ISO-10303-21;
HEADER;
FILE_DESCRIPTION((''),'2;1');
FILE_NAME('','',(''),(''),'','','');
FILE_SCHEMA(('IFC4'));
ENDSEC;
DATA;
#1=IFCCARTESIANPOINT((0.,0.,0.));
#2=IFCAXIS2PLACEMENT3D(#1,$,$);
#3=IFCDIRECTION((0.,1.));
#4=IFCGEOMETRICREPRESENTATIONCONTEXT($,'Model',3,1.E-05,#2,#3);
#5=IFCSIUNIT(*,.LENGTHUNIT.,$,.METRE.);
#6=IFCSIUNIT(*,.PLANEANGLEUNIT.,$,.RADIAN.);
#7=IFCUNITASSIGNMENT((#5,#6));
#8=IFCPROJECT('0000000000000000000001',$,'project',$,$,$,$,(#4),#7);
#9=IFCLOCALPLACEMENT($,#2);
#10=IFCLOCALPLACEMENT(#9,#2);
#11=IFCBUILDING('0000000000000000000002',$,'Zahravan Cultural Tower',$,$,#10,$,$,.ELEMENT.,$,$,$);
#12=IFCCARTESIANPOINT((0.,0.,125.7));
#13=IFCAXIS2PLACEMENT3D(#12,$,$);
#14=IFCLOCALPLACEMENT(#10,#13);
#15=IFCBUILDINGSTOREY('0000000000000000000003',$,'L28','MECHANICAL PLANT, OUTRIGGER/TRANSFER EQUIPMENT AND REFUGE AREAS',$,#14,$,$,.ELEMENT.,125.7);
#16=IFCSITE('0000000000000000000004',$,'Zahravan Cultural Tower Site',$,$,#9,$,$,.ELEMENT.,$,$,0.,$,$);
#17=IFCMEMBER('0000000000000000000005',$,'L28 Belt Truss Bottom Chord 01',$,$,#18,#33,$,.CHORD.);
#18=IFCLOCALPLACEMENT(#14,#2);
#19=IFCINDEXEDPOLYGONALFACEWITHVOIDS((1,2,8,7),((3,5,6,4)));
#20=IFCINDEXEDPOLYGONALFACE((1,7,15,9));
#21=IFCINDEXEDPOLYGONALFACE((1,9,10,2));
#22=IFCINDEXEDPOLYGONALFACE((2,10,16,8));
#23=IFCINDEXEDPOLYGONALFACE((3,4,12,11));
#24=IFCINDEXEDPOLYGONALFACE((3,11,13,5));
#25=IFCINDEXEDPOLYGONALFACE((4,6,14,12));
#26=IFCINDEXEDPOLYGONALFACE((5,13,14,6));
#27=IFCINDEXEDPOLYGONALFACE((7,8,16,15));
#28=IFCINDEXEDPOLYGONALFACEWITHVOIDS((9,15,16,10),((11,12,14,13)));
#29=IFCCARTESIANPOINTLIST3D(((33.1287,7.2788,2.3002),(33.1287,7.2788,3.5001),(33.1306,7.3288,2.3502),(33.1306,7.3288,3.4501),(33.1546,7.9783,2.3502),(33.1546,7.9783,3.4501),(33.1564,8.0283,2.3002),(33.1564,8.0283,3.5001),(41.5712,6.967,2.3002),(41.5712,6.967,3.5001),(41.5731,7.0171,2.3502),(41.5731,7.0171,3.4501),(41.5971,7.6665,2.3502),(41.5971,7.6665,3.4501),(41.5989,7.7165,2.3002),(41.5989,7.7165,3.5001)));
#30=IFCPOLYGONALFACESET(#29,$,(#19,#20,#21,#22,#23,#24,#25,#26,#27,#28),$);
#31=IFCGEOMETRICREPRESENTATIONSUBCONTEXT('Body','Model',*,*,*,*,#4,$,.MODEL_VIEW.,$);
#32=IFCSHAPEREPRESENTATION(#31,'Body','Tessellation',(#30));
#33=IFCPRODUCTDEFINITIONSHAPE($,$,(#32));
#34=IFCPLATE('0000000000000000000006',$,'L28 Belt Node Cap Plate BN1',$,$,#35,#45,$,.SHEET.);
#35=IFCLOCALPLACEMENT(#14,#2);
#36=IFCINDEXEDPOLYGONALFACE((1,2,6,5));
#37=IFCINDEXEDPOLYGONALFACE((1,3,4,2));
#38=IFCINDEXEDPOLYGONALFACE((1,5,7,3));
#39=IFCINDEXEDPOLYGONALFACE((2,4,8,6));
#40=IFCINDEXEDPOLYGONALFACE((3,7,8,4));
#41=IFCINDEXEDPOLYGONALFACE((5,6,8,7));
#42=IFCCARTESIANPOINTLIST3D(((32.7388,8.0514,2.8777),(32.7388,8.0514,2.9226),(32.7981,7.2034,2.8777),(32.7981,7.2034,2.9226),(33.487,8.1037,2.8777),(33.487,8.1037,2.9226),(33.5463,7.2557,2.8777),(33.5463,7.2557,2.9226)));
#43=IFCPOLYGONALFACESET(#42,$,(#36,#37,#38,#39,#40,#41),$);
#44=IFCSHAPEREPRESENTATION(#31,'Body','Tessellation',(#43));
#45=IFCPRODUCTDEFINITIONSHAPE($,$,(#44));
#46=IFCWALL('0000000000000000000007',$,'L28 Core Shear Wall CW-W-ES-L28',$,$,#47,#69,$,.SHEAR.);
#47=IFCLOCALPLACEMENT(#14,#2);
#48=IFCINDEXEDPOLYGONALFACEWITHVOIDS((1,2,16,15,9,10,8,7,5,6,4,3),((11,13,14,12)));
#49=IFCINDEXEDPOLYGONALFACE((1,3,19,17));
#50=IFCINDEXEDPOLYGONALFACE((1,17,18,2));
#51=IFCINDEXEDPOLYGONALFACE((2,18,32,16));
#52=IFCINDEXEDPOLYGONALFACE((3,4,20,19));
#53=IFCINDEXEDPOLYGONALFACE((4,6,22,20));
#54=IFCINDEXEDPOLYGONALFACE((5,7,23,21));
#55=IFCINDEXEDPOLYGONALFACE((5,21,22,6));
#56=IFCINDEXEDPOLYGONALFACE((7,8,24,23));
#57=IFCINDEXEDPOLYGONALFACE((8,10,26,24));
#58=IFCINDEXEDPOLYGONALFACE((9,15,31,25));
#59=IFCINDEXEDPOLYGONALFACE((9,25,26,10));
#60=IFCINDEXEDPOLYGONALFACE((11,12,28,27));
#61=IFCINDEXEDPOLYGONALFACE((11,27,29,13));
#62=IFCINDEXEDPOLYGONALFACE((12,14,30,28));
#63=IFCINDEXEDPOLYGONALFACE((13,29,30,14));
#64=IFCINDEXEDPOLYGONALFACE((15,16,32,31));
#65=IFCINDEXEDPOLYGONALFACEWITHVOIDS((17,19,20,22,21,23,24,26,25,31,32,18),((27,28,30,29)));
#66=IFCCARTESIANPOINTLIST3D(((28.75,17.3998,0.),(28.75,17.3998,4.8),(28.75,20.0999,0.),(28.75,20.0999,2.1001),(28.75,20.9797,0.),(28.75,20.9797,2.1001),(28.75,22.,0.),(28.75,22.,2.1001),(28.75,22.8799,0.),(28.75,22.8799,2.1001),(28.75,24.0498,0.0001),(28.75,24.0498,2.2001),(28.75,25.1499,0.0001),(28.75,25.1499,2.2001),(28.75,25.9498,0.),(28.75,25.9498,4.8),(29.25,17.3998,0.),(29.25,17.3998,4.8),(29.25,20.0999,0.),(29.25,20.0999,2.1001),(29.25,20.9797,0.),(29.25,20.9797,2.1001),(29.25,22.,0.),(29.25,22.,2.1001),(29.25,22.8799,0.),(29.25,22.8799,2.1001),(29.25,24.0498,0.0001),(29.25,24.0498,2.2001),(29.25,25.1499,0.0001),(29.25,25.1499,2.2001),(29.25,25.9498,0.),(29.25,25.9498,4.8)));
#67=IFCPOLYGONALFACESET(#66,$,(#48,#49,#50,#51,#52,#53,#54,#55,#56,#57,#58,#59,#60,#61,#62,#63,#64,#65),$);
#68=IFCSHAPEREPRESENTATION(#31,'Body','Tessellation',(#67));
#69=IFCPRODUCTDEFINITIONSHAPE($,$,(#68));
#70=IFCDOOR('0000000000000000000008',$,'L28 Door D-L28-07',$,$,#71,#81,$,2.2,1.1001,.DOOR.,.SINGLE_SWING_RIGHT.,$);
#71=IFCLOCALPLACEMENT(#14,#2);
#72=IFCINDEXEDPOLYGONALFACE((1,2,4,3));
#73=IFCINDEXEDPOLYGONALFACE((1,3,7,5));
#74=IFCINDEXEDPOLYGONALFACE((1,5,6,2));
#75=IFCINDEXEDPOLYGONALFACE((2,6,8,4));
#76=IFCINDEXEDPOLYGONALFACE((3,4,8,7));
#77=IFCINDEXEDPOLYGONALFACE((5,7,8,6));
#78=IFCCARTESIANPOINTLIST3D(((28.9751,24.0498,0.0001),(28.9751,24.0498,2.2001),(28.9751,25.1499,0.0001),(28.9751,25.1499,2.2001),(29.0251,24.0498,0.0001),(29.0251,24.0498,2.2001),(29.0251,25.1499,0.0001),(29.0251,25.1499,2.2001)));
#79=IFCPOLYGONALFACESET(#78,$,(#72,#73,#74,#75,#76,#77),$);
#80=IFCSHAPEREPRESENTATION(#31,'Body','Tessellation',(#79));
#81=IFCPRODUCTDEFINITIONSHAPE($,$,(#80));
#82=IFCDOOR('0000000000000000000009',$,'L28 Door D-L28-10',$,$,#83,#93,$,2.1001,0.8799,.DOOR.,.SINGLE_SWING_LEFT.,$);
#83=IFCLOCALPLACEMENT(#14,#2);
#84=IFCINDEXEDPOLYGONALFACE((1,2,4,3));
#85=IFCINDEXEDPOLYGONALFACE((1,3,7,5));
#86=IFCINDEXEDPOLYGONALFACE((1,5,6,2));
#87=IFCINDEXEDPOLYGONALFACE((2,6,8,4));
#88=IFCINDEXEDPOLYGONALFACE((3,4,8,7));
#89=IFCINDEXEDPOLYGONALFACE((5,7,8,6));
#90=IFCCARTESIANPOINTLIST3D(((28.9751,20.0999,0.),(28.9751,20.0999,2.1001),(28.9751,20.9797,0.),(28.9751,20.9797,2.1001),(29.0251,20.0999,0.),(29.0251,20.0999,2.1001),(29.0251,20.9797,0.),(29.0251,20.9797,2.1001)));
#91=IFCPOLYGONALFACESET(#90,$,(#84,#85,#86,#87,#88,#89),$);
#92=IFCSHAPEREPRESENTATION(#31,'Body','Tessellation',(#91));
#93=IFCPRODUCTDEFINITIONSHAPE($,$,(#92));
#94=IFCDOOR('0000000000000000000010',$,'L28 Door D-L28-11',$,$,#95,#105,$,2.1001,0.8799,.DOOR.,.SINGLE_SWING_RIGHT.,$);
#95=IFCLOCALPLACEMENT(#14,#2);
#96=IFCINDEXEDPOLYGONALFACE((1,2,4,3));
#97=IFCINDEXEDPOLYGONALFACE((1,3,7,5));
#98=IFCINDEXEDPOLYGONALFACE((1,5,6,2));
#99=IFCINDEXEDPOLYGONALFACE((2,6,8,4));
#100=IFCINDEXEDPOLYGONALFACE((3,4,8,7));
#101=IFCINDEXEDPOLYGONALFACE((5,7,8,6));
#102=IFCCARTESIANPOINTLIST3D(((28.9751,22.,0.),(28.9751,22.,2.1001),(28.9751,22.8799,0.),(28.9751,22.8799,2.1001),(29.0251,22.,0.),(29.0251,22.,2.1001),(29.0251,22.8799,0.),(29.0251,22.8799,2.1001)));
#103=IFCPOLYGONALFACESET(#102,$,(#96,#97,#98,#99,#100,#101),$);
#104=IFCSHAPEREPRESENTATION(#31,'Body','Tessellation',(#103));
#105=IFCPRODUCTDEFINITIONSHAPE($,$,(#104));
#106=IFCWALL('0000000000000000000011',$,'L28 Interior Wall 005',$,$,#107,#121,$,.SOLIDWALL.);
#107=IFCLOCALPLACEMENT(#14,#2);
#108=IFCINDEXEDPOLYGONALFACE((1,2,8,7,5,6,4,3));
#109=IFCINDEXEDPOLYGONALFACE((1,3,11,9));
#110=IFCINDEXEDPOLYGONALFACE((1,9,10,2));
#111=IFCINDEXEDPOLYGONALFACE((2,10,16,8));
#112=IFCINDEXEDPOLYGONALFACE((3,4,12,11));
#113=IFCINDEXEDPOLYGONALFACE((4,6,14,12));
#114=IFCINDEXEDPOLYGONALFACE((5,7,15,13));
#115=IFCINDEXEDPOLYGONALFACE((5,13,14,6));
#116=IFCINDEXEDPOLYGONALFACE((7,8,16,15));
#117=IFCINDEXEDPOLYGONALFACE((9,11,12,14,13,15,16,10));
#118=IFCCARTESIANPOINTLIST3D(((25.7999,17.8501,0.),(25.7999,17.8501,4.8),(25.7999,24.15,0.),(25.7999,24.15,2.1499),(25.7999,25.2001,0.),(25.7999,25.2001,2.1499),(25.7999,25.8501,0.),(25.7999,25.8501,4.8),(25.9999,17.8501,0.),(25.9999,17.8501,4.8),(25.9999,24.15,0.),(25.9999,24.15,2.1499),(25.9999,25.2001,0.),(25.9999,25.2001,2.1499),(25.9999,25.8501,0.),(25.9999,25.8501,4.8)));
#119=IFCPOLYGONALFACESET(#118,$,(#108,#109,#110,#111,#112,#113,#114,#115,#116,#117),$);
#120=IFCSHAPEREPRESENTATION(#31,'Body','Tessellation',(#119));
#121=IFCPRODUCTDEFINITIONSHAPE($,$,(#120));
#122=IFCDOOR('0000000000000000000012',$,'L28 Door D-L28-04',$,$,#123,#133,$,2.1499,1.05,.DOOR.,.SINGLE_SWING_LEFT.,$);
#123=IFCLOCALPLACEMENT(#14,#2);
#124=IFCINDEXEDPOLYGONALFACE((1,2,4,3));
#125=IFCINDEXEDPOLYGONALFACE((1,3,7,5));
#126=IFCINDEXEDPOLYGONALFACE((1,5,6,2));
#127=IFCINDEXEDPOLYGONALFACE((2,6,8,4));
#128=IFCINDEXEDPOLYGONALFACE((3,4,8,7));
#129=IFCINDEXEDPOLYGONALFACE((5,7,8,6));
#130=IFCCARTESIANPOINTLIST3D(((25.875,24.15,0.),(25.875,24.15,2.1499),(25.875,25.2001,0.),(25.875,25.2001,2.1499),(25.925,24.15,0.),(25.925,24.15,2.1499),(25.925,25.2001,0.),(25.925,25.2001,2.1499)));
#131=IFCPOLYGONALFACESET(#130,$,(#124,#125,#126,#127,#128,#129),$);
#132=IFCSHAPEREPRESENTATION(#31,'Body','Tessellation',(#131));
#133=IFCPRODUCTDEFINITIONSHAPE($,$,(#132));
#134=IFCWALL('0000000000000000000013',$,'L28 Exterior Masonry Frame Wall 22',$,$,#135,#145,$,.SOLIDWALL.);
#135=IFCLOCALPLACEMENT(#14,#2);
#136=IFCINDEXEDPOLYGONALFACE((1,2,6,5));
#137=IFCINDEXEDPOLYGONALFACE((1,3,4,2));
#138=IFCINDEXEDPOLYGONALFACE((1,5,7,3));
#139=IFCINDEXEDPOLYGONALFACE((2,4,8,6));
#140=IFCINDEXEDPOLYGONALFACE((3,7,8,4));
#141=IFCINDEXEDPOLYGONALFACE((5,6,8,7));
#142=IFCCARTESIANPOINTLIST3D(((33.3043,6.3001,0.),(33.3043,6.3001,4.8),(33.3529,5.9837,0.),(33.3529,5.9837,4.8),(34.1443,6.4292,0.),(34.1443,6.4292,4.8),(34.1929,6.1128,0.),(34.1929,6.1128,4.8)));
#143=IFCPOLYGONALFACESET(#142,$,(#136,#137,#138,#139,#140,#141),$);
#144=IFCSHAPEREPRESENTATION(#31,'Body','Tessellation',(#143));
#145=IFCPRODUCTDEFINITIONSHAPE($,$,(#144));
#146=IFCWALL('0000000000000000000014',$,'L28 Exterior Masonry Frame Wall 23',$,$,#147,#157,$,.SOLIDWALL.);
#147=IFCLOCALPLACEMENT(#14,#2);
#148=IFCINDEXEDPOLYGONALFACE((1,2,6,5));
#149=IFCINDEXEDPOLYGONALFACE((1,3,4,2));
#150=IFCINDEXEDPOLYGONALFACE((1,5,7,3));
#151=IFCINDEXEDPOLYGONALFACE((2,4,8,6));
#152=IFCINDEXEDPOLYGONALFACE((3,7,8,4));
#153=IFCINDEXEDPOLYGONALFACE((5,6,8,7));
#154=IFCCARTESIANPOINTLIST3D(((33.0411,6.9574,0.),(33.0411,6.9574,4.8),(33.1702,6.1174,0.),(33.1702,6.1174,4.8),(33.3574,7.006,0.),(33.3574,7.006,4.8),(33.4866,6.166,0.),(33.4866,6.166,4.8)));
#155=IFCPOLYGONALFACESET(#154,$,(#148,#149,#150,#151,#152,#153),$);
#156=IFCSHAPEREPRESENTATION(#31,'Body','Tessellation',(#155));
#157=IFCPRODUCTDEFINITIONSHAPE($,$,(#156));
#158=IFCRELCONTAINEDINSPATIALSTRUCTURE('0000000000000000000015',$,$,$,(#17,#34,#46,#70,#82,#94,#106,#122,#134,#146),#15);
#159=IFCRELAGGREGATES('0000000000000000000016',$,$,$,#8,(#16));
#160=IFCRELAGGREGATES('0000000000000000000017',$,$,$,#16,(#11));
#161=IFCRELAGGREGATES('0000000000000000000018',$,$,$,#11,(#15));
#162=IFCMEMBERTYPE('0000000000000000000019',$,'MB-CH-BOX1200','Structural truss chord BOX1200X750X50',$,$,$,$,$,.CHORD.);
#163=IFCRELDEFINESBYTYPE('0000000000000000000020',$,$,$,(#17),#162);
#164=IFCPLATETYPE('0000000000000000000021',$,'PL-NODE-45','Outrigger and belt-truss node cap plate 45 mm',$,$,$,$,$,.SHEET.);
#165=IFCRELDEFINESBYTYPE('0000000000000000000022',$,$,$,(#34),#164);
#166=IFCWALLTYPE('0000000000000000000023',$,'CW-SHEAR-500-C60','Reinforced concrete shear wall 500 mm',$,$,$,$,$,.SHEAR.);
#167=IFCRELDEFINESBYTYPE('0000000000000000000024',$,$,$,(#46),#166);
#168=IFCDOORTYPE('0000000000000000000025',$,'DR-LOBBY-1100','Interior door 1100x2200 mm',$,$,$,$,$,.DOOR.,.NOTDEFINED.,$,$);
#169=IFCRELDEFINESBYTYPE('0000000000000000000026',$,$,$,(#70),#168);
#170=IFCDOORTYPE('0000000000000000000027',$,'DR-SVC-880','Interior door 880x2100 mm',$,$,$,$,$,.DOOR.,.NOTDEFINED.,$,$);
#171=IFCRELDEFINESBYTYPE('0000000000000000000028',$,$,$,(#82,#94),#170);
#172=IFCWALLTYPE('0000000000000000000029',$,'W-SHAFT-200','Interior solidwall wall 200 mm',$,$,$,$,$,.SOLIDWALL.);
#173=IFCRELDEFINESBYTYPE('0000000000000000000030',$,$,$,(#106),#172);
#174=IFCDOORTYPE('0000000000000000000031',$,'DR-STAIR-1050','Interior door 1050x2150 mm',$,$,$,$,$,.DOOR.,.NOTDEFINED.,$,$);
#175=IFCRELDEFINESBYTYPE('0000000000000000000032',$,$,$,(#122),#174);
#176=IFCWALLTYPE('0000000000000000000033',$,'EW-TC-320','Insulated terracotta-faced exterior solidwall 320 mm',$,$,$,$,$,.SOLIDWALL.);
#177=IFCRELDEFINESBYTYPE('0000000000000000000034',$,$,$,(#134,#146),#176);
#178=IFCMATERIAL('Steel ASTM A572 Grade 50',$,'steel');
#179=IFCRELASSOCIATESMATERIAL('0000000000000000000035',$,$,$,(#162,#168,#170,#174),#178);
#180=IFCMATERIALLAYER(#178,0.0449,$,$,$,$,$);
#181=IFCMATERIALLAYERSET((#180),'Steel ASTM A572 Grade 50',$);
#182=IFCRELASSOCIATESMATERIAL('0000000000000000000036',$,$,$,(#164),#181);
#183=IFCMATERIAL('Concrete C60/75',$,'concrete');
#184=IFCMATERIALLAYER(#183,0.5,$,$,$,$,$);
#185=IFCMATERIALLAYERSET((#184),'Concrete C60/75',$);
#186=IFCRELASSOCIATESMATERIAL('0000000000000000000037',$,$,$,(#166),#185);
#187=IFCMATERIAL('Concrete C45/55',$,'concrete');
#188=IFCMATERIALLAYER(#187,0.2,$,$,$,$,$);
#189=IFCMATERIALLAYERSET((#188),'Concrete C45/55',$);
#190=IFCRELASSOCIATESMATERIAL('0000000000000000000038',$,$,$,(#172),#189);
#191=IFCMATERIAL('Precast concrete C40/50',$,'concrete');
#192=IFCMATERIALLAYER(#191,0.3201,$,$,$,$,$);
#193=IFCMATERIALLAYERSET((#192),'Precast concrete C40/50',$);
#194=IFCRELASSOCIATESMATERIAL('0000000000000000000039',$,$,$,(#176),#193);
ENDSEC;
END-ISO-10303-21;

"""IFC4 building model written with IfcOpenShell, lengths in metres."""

from ifc_helpers import new_model, si_unit, direction, frame, frame_2d, origin, origin_2d, place, context, subcontext, project, spatial, rectangle, hollow_rectangle, extrude, source, transform, mapped, material, layer, layer_set, material_profile, profile_set, type_object, element, fill, save


model = new_model("IFC4")

# Units and contexts
model_context = context("Model", 3, precision=1e-05, world=origin(), true_north=direction((0.0, 1.0)))
body_context = subcontext(model_context, "Body", "Model", "MODEL_VIEW")
ifc_project = project(units=[si_unit("LENGTHUNIT", "METRE"), si_unit("PLANEANGLEUNIT", "RADIAN")], contexts=[model_context])

# Site, building, storey
site_placement = place(None, origin())
site = spatial("IfcSite", under=ifc_project, at=site_placement, Name="Zahravan Cultural Tower Site", CompositionType="ELEMENT", RefElevation=0.0)
building_placement = place(site_placement, origin())
building = spatial("IfcBuilding", under=site, at=building_placement, Name="Zahravan Cultural Tower", CompositionType="ELEMENT")
storey_placement = place(building_placement, frame((0.0, 0.0, 125.7)))
storey = spatial("IfcBuildingStorey", under=building, at=storey_placement, Name="L28", Description="MECHANICAL PLANT, OUTRIGGER/TRANSFER EQUIPMENT AND REFUGE AREAS", CompositionType="ELEMENT", Elevation=125.7)

# Shared definitions
ifc_material_1 = material(Name="Concrete C60/75", Category="concrete")

# Member
ifc_material_2 = material(Name="Steel ASTM A572 Grade 50", Category="steel")
ifc_material_profile_1 = material_profile(ifc_material_2, hollow_rectangle(XDim=0.75, YDim=1.2, WallThickness=0.05, at=origin_2d()), Name="BOX1200X750X50")
ifc_profile_set_1 = profile_set([ifc_material_profile_1], Name="Steel ASTM A572 Grade 50")
member_type_1 = type_object("IfcMemberType", Name="MB-CH-BOX1200", Description="Structural truss chord BOX1200X750X50", PredefinedType="CHORD", material=ifc_profile_set_1)
shared_shape_1 = source(origin(), body_context, "Body", "SweptSolid", [
    extrude(hollow_rectangle(XDim=0.75, YDim=1.2, WallThickness=0.05, at=origin_2d()), origin(), (0.0, 0.0, 1.0), 8.4482),
])
member_1_placement = place(storey_placement, frame((33.1426, 7.6536, 2.9001), z_axis=(0.999319, -0.036904, 0.0), x_axis=(0.036904, 0.999319, 0.0)))
element("IfcMember", 1, at=member_1_placement, inside=storey, type_object=member_type_1, Name="L28 Belt Truss Bottom Chord 01", PredefinedType="CHORD", context=body_context, shape_type="MappedRepresentation", body=[
    mapped(shared_shape_1, transform((0.0, 0.0, 0.0), x_axis=(1.0, 0.0, 0.0), y_axis=(0.0, 1.0, 0.0), z_axis=(0.0, 0.0, 1.0), scale=1.0)),
])

# Plate
ifc_layer_1 = layer(ifc_material_2, 0.0449)
ifc_layer_set_1 = layer_set([ifc_layer_1], Name="Steel ASTM A572 Grade 50")
plate_type = type_object("IfcPlateType", Name="PL-NODE-45", Description="Outrigger and belt-truss node cap plate 45 mm", PredefinedType="SHEET", material=ifc_layer_set_1)
shared_shape_2 = source(origin(), body_context, "Body", "SweptSolid", [
    extrude(rectangle(XDim=0.8501, YDim=0.75, at=origin_2d()), origin(), (0.0, 0.0, 1.0), 0.0449),
])
plate_placement = place(storey_placement, frame((33.1426, 7.6536, 2.8777), z_axis=(0.0, 0.0, 1.0), x_axis=(-0.069756, 0.997564, 0.0)))
element("IfcPlate", 2, at=plate_placement, inside=storey, type_object=plate_type, Name="L28 Belt Node Cap Plate BN1", PredefinedType="SHEET", context=body_context, shape_type="MappedRepresentation", body=[
    mapped(shared_shape_2, transform((0.0, 0.0, 0.0), x_axis=(1.0, 0.0, 0.0), y_axis=(0.0, 1.0, 0.0), z_axis=(0.0, 0.0, 1.0), scale=1.0)),
])

# Wall, openings, doors
ifc_layer_2 = layer(ifc_material_1, 0.5)
ifc_layer_set_2 = layer_set([ifc_layer_2], Name="Concrete C60/75")
wall_type_1 = type_object("IfcWallType", Name="CW-SHEAR-500-C60", Description="Reinforced concrete shear wall 500 mm", PredefinedType="SHEAR", material=ifc_layer_set_2)
wall_1_placement = place(storey_placement, frame((29.0, 17.3999, 0.0), z_axis=(0.0, 0.0, 1.0), x_axis=(0.0, 1.0, 0.0)))
wall_1 = element("IfcWall", 3, at=wall_1_placement, inside=storey, type_object=wall_type_1, Name="L28 Core Shear Wall CW-W-ES-L28", PredefinedType="SHEAR", context=body_context, shape_type="SweptSolid", body=[
    extrude(rectangle(XDim=8.55, YDim=0.5, at=frame_2d((4.2749, 0.0))), origin(), (0.0, 0.0, 1.0), 4.8),
])
opening_1_placement = place(wall_1_placement, frame((6.6499, 0.0, 0.0)))
opening_1 = element("IfcOpeningElement", 4, at=opening_1_placement, cuts=wall_1, PredefinedType="OPENING", context=body_context, shape_type="SweptSolid", body=[
    extrude(rectangle(XDim=1.1001, YDim=2.2, at=frame_2d((0.55, 1.1001))), frame((0.0, 0.26, 0.0), z_axis=(0.0, -1.0, 0.0), x_axis=(1.0, 0.0, 0.0)), (0.0, 0.0, 1.0), 0.52),
])
opening_2_placement = place(wall_1_placement, frame((2.7, 0.0, 0.0)))
opening_2 = element("IfcOpeningElement", 5, at=opening_2_placement, cuts=wall_1, PredefinedType="OPENING", context=body_context, shape_type="SweptSolid", body=[
    extrude(rectangle(XDim=0.8799, YDim=2.1001, at=frame_2d((0.4399, 1.05))), frame((0.0, 0.26, 0.0), z_axis=(0.0, -1.0, 0.0), x_axis=(1.0, 0.0, 0.0)), (0.0, 0.0, 1.0), 0.52),
])
opening_3_placement = place(wall_1_placement, frame((4.6001, 0.0, 0.0)))
opening_3 = element("IfcOpeningElement", 6, at=opening_3_placement, cuts=wall_1, PredefinedType="OPENING", context=body_context, shape_type="SweptSolid", body=[
    extrude(rectangle(XDim=0.8799, YDim=2.1001, at=frame_2d((0.4399, 1.05))), frame((0.0, 0.26, 0.0), z_axis=(0.0, -1.0, 0.0), x_axis=(1.0, 0.0, 0.0)), (0.0, 0.0, 1.0), 0.52),
])
door_type_1 = type_object("IfcDoorType", Name="DR-LOBBY-1100", Description="Interior door 1100x2200 mm", OperationType="NOTDEFINED", PredefinedType="DOOR", material=ifc_material_2)
shared_shape_3 = source(origin(), body_context, "Body", "SweptSolid", [
    extrude(rectangle(XDim=1.1001, YDim=2.2, at=frame_2d((0.55, 1.1001))), frame((0.0, 0.0249, 0.0), z_axis=(0.0, -1.0, 0.0), x_axis=(1.0, 0.0, 0.0)), (0.0, 0.0, 1.0), 0.05),
])
door_1_placement = place(opening_1_placement, origin())
door_1 = element("IfcDoor", 7, at=door_1_placement, inside=storey, type_object=door_type_1, Name="L28 Door D-L28-07", OperationType="SINGLE_SWING_RIGHT", OverallHeight=2.2, OverallWidth=1.1001, PredefinedType="DOOR", context=body_context, shape_type="MappedRepresentation", body=[
    mapped(shared_shape_3, transform((0.0, 0.0, 0.0), x_axis=(1.0, 0.0, 0.0), y_axis=(0.0, 1.0, 0.0), z_axis=(0.0, 0.0, 1.0), scale=1.0)),
])
fill(opening_1, door_1)
door_type_2 = type_object("IfcDoorType", Name="DR-SVC-880", Description="Interior door 880x2100 mm", OperationType="NOTDEFINED", PredefinedType="DOOR", material=ifc_material_2)
shared_shape_4 = source(origin(), body_context, "Body", "SweptSolid", [
    extrude(rectangle(XDim=0.8799, YDim=2.1001, at=frame_2d((0.4399, 1.05))), frame((0.0, 0.0249, 0.0), z_axis=(0.0, -1.0, 0.0), x_axis=(1.0, 0.0, 0.0)), (0.0, 0.0, 1.0), 0.05),
])
door_2_placement = place(opening_2_placement, origin())
door_2 = element("IfcDoor", 8, at=door_2_placement, inside=storey, type_object=door_type_2, Name="L28 Door D-L28-10", OperationType="SINGLE_SWING_LEFT", OverallHeight=2.1001, OverallWidth=0.8799, PredefinedType="DOOR", context=body_context, shape_type="MappedRepresentation", body=[
    mapped(shared_shape_4, transform((0.0, 0.0, 0.0), x_axis=(1.0, 0.0, 0.0), y_axis=(0.0, 1.0, 0.0), z_axis=(0.0, 0.0, 1.0), scale=1.0)),
])
fill(opening_2, door_2)
door_3_placement = place(opening_3_placement, origin())
door_3 = element("IfcDoor", 9, at=door_3_placement, inside=storey, type_object=door_type_2, Name="L28 Door D-L28-11", OperationType="SINGLE_SWING_RIGHT", OverallHeight=2.1001, OverallWidth=0.8799, PredefinedType="DOOR", context=body_context, shape_type="MappedRepresentation", body=[
    mapped(shared_shape_4, transform((0.0, 0.0, 0.0), x_axis=(1.0, 0.0, 0.0), y_axis=(0.0, 1.0, 0.0), z_axis=(0.0, 0.0, 1.0), scale=1.0)),
])
fill(opening_3, door_3)

# Wall, opening, door
ifc_material_3 = material(Name="Concrete C45/55", Category="concrete")
ifc_layer_3 = layer(ifc_material_3, 0.2)
ifc_layer_set_3 = layer_set([ifc_layer_3], Name="Concrete C45/55")
wall_type_2 = type_object("IfcWallType", Name="W-SHAFT-200", Description="Interior solidwall wall 200 mm", PredefinedType="SOLIDWALL", material=ifc_layer_set_3)
wall_2_placement = place(storey_placement, frame((25.8999, 17.8501, 0.0), z_axis=(0.0, 0.0, 1.0), x_axis=(0.0, 1.0, 0.0)))
wall_2 = element("IfcWall", 10, at=wall_2_placement, inside=storey, type_object=wall_type_2, Name="L28 Interior Wall 005", PredefinedType="SOLIDWALL", context=body_context, shape_type="SweptSolid", body=[
    extrude(rectangle(XDim=8.0, YDim=0.2, at=frame_2d((4.0, 0.0))), origin(), (0.0, 0.0, 1.0), 4.8),
])
opening_4_placement = place(wall_2_placement, frame((6.3, 0.0, 0.0)))
opening_4 = element("IfcOpeningElement", 11, at=opening_4_placement, cuts=wall_2, PredefinedType="OPENING", context=body_context, shape_type="SweptSolid", body=[
    extrude(rectangle(XDim=1.05, YDim=2.1499, at=frame_2d((0.5249, 1.075))), frame((0.0, 0.1099, 0.0), z_axis=(0.0, -1.0, 0.0), x_axis=(1.0, 0.0, 0.0)), (0.0, 0.0, 1.0), 0.22),
])
door_type_3 = type_object("IfcDoorType", Name="DR-STAIR-1050", Description="Interior door 1050x2150 mm", OperationType="NOTDEFINED", PredefinedType="DOOR", material=ifc_material_2)
shared_shape_5 = source(origin(), body_context, "Body", "SweptSolid", [
    extrude(rectangle(XDim=1.05, YDim=2.1499, at=frame_2d((0.5249, 1.075))), frame((0.0, 0.0249, 0.0), z_axis=(0.0, -1.0, 0.0), x_axis=(1.0, 0.0, 0.0)), (0.0, 0.0, 1.0), 0.05),
])
door_4_placement = place(opening_4_placement, origin())
door_4 = element("IfcDoor", 12, at=door_4_placement, inside=storey, type_object=door_type_3, Name="L28 Door D-L28-04", OperationType="SINGLE_SWING_LEFT", OverallHeight=2.1499, OverallWidth=1.05, PredefinedType="DOOR", context=body_context, shape_type="MappedRepresentation", body=[
    mapped(shared_shape_5, transform((0.0, 0.0, 0.0), x_axis=(1.0, 0.0, 0.0), y_axis=(0.0, 1.0, 0.0), z_axis=(0.0, 0.0, 1.0), scale=1.0)),
])
fill(opening_4, door_4)

# Walls
ifc_material_4 = material(Name="Precast concrete C40/50", Category="concrete")
ifc_layer_4 = layer(ifc_material_4, 0.3201)
ifc_layer_set_4 = layer_set([ifc_layer_4], Name="Precast concrete C40/50")
wall_type_3 = type_object("IfcWallType", Name="EW-TC-320", Description="Insulated terracotta-faced exterior solidwall 320 mm", PredefinedType="SOLIDWALL", material=ifc_layer_set_4)
shared_shape_6 = source(origin(), body_context, "Body", "SweptSolid", [
    extrude(rectangle(XDim=0.8499, YDim=0.3201, at=frame_2d((0.4248, 0.0))), origin(), (0.0, 0.0, 1.0), 4.8),
])
for number, where, z_axis, x_axis, name in (
    (13, (34.1685, 6.271, 0.0), (0.0, 0.0, 1.0), (-0.988388, -0.151949, 0.0), "L28 Exterior Masonry Frame Wall 22"),
    (14, (33.3284, 6.1418, 0.0), (0.0, 0.0, 1.0), (-0.151949, 0.988388, 0.0), "L28 Exterior Masonry Frame Wall 23"),
):
    element("IfcWall", number, at=place(storey_placement, frame(where, z_axis=z_axis, x_axis=x_axis)), inside=storey, type_object=wall_type_3, Name=name, PredefinedType="SOLIDWALL", context=body_context, shape_type="MappedRepresentation", body=[
        mapped(shared_shape_6, transform((0.0, 0.0, 0.0), x_axis=(1.0, 0.0, 0.0), y_axis=(0.0, 1.0, 0.0), z_axis=(0.0, 0.0, 1.0), scale=1.0)),
    ])

save(model, "model.ifc")
